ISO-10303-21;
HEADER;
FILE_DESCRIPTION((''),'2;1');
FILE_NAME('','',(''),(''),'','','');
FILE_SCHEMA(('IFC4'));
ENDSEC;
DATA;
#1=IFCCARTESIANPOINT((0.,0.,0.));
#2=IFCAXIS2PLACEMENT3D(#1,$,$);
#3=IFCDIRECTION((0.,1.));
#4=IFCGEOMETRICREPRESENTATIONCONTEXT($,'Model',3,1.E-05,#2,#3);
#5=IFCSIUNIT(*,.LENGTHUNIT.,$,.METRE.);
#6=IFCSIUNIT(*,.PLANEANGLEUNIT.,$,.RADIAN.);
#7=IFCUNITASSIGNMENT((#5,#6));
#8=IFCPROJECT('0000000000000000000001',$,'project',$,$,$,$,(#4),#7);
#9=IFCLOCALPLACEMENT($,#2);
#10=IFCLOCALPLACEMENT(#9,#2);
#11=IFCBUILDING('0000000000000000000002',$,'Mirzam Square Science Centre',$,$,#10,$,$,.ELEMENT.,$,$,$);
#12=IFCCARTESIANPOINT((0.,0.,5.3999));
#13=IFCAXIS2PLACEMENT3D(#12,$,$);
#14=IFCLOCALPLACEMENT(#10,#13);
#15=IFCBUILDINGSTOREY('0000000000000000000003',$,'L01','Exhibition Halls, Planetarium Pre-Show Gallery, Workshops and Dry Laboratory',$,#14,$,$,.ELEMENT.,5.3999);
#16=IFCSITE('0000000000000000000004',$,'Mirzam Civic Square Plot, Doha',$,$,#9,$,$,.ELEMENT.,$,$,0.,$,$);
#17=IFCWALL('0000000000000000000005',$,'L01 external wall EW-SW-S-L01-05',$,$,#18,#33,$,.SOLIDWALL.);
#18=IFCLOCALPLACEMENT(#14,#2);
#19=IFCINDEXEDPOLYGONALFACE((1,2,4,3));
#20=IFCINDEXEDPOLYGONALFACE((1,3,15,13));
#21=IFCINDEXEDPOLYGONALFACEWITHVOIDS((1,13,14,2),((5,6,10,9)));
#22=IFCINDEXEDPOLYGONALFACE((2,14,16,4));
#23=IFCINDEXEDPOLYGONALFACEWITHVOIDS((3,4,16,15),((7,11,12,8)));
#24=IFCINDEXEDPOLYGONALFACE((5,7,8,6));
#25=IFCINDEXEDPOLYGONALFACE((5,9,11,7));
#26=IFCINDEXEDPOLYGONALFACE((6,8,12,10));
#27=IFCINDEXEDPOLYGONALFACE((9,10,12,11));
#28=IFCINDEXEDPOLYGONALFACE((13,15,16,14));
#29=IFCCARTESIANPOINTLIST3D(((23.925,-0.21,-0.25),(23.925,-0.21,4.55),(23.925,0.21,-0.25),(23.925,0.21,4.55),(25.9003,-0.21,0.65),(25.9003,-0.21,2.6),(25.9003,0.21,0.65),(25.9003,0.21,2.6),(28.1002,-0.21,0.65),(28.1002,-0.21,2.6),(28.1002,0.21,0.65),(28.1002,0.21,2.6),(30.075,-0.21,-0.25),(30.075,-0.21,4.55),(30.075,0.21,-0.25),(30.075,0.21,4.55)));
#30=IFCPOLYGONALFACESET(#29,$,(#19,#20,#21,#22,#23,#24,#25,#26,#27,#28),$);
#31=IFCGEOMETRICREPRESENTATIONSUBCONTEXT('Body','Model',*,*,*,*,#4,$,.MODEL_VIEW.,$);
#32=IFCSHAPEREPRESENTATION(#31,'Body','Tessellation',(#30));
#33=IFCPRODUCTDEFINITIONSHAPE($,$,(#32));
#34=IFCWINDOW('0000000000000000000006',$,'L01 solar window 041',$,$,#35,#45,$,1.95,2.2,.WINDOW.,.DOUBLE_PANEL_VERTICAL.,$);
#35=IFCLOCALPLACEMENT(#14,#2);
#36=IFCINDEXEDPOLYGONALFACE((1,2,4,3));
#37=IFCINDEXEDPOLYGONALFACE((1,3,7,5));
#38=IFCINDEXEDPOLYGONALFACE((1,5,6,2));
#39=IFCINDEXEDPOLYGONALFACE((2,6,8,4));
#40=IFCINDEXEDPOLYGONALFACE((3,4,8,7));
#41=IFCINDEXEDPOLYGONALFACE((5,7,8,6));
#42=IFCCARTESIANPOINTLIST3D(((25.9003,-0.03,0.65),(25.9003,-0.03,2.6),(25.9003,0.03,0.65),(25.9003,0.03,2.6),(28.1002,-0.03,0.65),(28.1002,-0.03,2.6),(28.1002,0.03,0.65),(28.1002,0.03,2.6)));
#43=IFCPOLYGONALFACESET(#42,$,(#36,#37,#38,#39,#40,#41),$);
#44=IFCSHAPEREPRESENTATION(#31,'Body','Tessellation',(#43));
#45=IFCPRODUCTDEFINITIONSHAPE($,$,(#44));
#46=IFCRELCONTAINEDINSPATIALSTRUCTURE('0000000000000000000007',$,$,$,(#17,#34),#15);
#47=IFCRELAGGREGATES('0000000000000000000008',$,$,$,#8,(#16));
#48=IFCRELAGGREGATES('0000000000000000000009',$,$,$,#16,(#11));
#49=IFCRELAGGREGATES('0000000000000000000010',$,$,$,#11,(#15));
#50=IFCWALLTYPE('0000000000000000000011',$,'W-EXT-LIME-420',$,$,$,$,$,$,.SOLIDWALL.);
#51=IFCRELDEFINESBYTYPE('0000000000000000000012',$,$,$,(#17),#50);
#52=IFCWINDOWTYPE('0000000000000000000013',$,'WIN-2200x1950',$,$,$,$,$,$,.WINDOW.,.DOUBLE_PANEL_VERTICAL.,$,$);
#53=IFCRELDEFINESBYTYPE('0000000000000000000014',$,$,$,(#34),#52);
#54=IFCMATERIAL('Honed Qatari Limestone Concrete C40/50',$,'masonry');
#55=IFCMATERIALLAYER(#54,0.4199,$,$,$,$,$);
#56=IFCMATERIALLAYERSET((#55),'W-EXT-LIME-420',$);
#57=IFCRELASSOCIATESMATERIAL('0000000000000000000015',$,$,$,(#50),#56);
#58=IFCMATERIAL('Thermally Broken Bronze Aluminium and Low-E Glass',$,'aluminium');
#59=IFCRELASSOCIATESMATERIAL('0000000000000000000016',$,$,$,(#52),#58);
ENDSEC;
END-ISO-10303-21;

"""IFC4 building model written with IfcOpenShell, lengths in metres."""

from ifc_helpers import new_model, si_unit, direction, frame, frame_2d, origin, place, context, subcontext, project, spatial, rectangle, extrude, material, layer, layer_set, type_object, element, fill, save


model = new_model("IFC4")

# Units and contexts
model_context = context("Model", 3, precision=1e-05, world=origin(), true_north=direction((0.0, 1.0)))
body_context = subcontext(model_context, "Body", "Model", "MODEL_VIEW")
ifc_project = project(units=[si_unit("LENGTHUNIT", "METRE"), si_unit("PLANEANGLEUNIT", "RADIAN")], contexts=[model_context])

# Site, building, storey
site_placement = place(None, origin())
site = spatial("IfcSite", under=ifc_project, at=site_placement, Name="Mirzam Civic Square Plot, Doha", CompositionType="ELEMENT", RefElevation=0.0)
building_placement = place(site_placement, origin())
building = spatial("IfcBuilding", under=site, at=building_placement, Name="Mirzam Square Science Centre", CompositionType="ELEMENT")
storey_placement = place(building_placement, frame((0.0, 0.0, 5.3999)))
storey = spatial("IfcBuildingStorey", under=building, at=storey_placement, Name="L01", Description="Exhibition Halls, Planetarium Pre-Show Gallery, Workshops and Dry Laboratory", CompositionType="ELEMENT", Elevation=5.3999)

# Wall, opening, window
ifc_material_1 = material(Name="Honed Qatari Limestone Concrete C40/50", Category="masonry")
ifc_layer_1 = layer(ifc_material_1, 0.4199)
ifc_layer_set_1 = layer_set([ifc_layer_1], Name="W-EXT-LIME-420")
wall_type = type_object("IfcWallType", Name="W-EXT-LIME-420", PredefinedType="SOLIDWALL", material=ifc_layer_set_1)
wall_placement = place(storey_placement, frame((23.925, 0.0, -0.25), z_axis=(0.0, 0.0, 1.0), x_axis=(1.0, 0.0, 0.0)))
wall = element("IfcWall", 1, at=wall_placement, inside=storey, type_object=wall_type, Name="L01 external wall EW-SW-S-L01-05", PredefinedType="SOLIDWALL", context=body_context, shape_type="SweptSolid", body=[
    extrude(rectangle(XDim=6.1499, YDim=0.4199, at=frame_2d((3.075, 0.0))), origin(), (0.0, 0.0, 1.0), 4.8),
])
opening_placement = place(wall_placement, frame((1.9751, 0.0, 0.8999)))
opening = element("IfcOpeningElement", 2, at=opening_placement, cuts=wall, PredefinedType="OPENING", context=body_context, shape_type="SweptSolid", body=[
    extrude(rectangle(XDim=2.2, YDim=1.95, at=frame_2d((1.1001, 0.9751))), frame((0.0, 0.22, 0.0), z_axis=(0.0, -1.0, 0.0), x_axis=(1.0, 0.0, 0.0)), (0.0, 0.0, 1.0), 0.4399),
])
ifc_material_2 = material(Name="Thermally Broken Bronze Aluminium and Low-E Glass", Category="aluminium")
window_type = type_object("IfcWindowType", Name="WIN-2200x1950", PartitioningType="DOUBLE_PANEL_VERTICAL", PredefinedType="WINDOW", material=ifc_material_2)
window_placement = place(opening_placement, origin())
window = element("IfcWindow", 3, at=window_placement, inside=storey, type_object=window_type, Name="L01 solar window 041", OverallHeight=1.95, OverallWidth=2.2, PartitioningType="DOUBLE_PANEL_VERTICAL", PredefinedType="WINDOW", context=body_context, shape_type="SweptSolid", body=[
    extrude(rectangle(XDim=2.2, YDim=1.95, at=frame_2d((1.1001, 0.9751))), frame((0.0, 0.03, 0.0), z_axis=(0.0, -1.0, 0.0), x_axis=(1.0, 0.0, 0.0)), (0.0, 0.0, 1.0), 0.0601),
])
fill(opening, window)

save(model, "model.ifc")
